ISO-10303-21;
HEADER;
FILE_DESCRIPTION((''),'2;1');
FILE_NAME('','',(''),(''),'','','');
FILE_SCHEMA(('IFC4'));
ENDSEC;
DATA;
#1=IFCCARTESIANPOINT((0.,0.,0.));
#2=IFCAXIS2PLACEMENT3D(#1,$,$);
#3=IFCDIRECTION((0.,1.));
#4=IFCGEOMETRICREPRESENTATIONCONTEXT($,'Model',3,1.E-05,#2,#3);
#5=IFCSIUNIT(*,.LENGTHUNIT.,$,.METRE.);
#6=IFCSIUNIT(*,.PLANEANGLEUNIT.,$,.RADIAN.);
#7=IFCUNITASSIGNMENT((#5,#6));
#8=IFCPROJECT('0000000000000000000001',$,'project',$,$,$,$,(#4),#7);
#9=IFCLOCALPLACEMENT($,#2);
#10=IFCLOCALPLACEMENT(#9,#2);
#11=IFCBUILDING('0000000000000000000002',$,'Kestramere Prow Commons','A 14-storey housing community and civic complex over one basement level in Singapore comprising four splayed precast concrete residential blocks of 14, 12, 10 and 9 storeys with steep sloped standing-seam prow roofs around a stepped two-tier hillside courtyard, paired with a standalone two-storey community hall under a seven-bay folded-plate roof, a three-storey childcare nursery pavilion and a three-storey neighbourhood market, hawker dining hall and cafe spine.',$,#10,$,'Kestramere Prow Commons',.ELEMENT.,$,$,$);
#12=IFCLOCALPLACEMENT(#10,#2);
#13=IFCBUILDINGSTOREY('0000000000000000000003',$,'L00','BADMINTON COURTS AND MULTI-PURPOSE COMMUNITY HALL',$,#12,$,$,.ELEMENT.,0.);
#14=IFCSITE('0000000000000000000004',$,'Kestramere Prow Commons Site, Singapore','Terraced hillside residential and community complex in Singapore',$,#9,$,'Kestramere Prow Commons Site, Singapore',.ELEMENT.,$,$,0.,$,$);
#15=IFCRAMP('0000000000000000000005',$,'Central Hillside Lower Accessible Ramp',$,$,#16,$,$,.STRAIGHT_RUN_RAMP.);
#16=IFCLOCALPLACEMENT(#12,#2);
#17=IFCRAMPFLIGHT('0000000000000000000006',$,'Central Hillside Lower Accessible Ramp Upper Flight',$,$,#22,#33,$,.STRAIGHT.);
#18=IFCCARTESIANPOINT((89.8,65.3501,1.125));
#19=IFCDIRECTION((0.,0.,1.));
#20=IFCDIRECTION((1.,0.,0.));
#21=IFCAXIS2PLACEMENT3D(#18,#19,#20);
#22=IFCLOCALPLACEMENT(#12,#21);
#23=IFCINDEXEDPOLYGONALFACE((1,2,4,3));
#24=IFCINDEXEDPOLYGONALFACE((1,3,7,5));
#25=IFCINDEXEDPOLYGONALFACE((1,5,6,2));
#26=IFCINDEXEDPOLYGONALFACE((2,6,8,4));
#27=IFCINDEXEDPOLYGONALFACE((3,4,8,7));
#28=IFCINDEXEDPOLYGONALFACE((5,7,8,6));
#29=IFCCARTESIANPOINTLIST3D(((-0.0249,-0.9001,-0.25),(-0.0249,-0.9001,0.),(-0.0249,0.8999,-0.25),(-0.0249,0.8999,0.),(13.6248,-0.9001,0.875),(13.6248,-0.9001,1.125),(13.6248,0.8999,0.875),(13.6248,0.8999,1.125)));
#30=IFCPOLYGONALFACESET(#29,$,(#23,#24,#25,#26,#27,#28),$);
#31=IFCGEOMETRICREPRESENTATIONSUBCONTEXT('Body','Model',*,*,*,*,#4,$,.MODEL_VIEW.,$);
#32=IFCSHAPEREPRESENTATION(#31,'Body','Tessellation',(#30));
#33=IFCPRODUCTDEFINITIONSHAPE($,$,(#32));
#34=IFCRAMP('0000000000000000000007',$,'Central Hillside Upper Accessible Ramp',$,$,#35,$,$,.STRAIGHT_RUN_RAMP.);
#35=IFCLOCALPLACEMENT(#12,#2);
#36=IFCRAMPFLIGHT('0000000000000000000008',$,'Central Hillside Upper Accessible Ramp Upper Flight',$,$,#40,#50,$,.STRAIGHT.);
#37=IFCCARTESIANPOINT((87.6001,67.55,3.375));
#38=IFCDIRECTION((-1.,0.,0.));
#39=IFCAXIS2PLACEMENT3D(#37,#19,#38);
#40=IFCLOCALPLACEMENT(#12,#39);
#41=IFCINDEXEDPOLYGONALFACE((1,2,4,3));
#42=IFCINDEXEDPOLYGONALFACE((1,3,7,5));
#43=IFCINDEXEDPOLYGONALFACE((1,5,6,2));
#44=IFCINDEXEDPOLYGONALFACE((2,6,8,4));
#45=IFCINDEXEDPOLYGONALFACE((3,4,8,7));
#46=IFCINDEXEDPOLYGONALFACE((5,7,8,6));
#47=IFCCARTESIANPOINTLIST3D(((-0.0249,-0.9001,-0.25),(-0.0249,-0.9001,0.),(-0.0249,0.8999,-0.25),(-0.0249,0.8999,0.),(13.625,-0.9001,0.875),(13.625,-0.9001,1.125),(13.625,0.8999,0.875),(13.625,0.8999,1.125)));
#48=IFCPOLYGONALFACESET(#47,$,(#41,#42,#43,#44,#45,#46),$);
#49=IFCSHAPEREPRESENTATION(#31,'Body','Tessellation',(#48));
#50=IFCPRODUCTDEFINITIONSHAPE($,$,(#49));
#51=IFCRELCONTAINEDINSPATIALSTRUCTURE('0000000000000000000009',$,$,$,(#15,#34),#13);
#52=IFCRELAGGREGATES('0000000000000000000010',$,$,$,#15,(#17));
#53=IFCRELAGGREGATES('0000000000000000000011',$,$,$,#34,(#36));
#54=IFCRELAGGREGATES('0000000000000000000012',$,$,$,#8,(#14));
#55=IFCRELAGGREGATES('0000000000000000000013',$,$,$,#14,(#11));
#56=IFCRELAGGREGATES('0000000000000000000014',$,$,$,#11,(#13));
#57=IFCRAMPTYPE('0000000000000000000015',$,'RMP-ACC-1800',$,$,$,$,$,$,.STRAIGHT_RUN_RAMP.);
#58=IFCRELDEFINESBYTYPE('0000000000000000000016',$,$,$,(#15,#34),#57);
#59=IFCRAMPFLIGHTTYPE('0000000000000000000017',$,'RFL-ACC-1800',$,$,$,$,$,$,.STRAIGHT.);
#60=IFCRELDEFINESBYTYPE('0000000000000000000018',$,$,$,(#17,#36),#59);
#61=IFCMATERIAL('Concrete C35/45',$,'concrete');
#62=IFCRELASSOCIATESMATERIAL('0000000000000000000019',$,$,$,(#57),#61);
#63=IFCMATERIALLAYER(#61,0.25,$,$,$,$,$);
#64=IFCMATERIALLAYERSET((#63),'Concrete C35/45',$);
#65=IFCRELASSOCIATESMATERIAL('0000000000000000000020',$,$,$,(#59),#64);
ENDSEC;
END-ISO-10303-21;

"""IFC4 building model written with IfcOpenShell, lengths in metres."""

from ifc_helpers import new_model, si_unit, direction, frame, origin, place, context, subcontext, project, spatial, polyline, outline, extrude, material, layer, layer_set, type_object, element, aggregate, save


model = new_model("IFC4")

# Units and contexts
model_context = context("Model", 3, precision=1e-05, world=origin(), true_north=direction((0.0, 1.0)))
body_context = subcontext(model_context, "Body", "Model", "MODEL_VIEW")
ifc_project = project(units=[si_unit("LENGTHUNIT", "METRE"), si_unit("PLANEANGLEUNIT", "RADIAN")], contexts=[model_context])

# Site, building, storey
site_placement = place(None, origin())
site = spatial("IfcSite", under=ifc_project, at=site_placement, Name="Kestramere Prow Commons Site, Singapore", Description="Terraced hillside residential and community complex in Singapore", LongName="Kestramere Prow Commons Site, Singapore", CompositionType="ELEMENT", RefElevation=0.0)
building_placement = place(site_placement, origin())
building = spatial("IfcBuilding", under=site, at=building_placement, Name="Kestramere Prow Commons", Description="A 14-storey housing community and civic complex over one basement level in Singapore comprising four splayed precast concrete residential blocks of 14, 12, 10 and 9 storeys with steep sloped standing-seam prow roofs around a stepped two-tier hillside courtyard, paired with a standalone two-storey community hall under a seven-bay folded-plate roof, a three-storey childcare nursery pavilion and a three-storey neighbourhood market, hawker dining hall and cafe spine.", LongName="Kestramere Prow Commons", CompositionType="ELEMENT")
storey_placement = place(building_placement, origin())
storey = spatial("IfcBuildingStorey", under=building, at=storey_placement, Name="L00", Description="BADMINTON COURTS AND MULTI-PURPOSE COMMUNITY HALL", CompositionType="ELEMENT", Elevation=0.0)

# Shared definitions
ifc_material_1 = material(Name="Concrete C35/45", Category="concrete")

# Ramps, ramp flights
ramp_type = type_object("IfcRampType", Name="RMP-ACC-1800", PredefinedType="STRAIGHT_RUN_RAMP", material=ifc_material_1)
ramp_1_placement = place(storey_placement, origin())
ramp_1 = element("IfcRamp", 1, at=ramp_1_placement, inside=storey, type_object=ramp_type, Name="Central Hillside Lower Accessible Ramp", PredefinedType="STRAIGHT_RUN_RAMP")
ifc_layer_1 = layer(ifc_material_1, 0.25)
ifc_layer_set_1 = layer_set([ifc_layer_1], Name="Concrete C35/45")
ramp_flight_type = type_object("IfcRampFlightType", Name="RFL-ACC-1800", PredefinedType="STRAIGHT", material=ifc_layer_set_1)
ramp_flight_1_placement = place(storey_placement, frame((89.8, 65.3501, 1.125), z_axis=(0.0, 0.0, 1.0), x_axis=(1.0, 0.0, 0.0)))
ramp_flight_1 = element("IfcRampFlight", 2, at=ramp_flight_1_placement, type_object=ramp_flight_type, Name="Central Hillside Lower Accessible Ramp Upper Flight", PredefinedType="STRAIGHT", context=body_context, shape_type="SweptSolid", body=[
    extrude(outline(polyline([(-0.0249, 0.0), (13.6248, 1.125), (13.6248, 0.875), (-0.0249, -0.25), (-0.0249, 0.0)])), frame((0.0, 0.8999, 0.0), z_axis=(0.0, -1.0, 0.0), x_axis=(1.0, 0.0, 0.0)), (0.0, 0.0, 1.0), 1.8),
])
aggregate(ramp_1, [ramp_flight_1])
ramp_2_placement = place(storey_placement, origin())
ramp_2 = element("IfcRamp", 3, at=ramp_2_placement, inside=storey, type_object=ramp_type, Name="Central Hillside Upper Accessible Ramp", PredefinedType="STRAIGHT_RUN_RAMP")
ramp_flight_2_placement = place(storey_placement, frame((87.6001, 67.55, 3.375), z_axis=(0.0, 0.0, 1.0), x_axis=(-1.0, 0.0, 0.0)))
ramp_flight_2 = element("IfcRampFlight", 4, at=ramp_flight_2_placement, type_object=ramp_flight_type, Name="Central Hillside Upper Accessible Ramp Upper Flight", PredefinedType="STRAIGHT", context=body_context, shape_type="SweptSolid", body=[
    extrude(outline(polyline([(-0.0249, 0.0), (13.625, 1.125), (13.625, 0.875), (-0.0249, -0.25), (-0.0249, 0.0)])), frame((0.0, 0.8999, 0.0), z_axis=(0.0, -1.0, 0.0), x_axis=(1.0, 0.0, 0.0)), (0.0, 0.0, 1.0), 1.8),
])
aggregate(ramp_2, [ramp_flight_2])

save(model, "model.ifc")
